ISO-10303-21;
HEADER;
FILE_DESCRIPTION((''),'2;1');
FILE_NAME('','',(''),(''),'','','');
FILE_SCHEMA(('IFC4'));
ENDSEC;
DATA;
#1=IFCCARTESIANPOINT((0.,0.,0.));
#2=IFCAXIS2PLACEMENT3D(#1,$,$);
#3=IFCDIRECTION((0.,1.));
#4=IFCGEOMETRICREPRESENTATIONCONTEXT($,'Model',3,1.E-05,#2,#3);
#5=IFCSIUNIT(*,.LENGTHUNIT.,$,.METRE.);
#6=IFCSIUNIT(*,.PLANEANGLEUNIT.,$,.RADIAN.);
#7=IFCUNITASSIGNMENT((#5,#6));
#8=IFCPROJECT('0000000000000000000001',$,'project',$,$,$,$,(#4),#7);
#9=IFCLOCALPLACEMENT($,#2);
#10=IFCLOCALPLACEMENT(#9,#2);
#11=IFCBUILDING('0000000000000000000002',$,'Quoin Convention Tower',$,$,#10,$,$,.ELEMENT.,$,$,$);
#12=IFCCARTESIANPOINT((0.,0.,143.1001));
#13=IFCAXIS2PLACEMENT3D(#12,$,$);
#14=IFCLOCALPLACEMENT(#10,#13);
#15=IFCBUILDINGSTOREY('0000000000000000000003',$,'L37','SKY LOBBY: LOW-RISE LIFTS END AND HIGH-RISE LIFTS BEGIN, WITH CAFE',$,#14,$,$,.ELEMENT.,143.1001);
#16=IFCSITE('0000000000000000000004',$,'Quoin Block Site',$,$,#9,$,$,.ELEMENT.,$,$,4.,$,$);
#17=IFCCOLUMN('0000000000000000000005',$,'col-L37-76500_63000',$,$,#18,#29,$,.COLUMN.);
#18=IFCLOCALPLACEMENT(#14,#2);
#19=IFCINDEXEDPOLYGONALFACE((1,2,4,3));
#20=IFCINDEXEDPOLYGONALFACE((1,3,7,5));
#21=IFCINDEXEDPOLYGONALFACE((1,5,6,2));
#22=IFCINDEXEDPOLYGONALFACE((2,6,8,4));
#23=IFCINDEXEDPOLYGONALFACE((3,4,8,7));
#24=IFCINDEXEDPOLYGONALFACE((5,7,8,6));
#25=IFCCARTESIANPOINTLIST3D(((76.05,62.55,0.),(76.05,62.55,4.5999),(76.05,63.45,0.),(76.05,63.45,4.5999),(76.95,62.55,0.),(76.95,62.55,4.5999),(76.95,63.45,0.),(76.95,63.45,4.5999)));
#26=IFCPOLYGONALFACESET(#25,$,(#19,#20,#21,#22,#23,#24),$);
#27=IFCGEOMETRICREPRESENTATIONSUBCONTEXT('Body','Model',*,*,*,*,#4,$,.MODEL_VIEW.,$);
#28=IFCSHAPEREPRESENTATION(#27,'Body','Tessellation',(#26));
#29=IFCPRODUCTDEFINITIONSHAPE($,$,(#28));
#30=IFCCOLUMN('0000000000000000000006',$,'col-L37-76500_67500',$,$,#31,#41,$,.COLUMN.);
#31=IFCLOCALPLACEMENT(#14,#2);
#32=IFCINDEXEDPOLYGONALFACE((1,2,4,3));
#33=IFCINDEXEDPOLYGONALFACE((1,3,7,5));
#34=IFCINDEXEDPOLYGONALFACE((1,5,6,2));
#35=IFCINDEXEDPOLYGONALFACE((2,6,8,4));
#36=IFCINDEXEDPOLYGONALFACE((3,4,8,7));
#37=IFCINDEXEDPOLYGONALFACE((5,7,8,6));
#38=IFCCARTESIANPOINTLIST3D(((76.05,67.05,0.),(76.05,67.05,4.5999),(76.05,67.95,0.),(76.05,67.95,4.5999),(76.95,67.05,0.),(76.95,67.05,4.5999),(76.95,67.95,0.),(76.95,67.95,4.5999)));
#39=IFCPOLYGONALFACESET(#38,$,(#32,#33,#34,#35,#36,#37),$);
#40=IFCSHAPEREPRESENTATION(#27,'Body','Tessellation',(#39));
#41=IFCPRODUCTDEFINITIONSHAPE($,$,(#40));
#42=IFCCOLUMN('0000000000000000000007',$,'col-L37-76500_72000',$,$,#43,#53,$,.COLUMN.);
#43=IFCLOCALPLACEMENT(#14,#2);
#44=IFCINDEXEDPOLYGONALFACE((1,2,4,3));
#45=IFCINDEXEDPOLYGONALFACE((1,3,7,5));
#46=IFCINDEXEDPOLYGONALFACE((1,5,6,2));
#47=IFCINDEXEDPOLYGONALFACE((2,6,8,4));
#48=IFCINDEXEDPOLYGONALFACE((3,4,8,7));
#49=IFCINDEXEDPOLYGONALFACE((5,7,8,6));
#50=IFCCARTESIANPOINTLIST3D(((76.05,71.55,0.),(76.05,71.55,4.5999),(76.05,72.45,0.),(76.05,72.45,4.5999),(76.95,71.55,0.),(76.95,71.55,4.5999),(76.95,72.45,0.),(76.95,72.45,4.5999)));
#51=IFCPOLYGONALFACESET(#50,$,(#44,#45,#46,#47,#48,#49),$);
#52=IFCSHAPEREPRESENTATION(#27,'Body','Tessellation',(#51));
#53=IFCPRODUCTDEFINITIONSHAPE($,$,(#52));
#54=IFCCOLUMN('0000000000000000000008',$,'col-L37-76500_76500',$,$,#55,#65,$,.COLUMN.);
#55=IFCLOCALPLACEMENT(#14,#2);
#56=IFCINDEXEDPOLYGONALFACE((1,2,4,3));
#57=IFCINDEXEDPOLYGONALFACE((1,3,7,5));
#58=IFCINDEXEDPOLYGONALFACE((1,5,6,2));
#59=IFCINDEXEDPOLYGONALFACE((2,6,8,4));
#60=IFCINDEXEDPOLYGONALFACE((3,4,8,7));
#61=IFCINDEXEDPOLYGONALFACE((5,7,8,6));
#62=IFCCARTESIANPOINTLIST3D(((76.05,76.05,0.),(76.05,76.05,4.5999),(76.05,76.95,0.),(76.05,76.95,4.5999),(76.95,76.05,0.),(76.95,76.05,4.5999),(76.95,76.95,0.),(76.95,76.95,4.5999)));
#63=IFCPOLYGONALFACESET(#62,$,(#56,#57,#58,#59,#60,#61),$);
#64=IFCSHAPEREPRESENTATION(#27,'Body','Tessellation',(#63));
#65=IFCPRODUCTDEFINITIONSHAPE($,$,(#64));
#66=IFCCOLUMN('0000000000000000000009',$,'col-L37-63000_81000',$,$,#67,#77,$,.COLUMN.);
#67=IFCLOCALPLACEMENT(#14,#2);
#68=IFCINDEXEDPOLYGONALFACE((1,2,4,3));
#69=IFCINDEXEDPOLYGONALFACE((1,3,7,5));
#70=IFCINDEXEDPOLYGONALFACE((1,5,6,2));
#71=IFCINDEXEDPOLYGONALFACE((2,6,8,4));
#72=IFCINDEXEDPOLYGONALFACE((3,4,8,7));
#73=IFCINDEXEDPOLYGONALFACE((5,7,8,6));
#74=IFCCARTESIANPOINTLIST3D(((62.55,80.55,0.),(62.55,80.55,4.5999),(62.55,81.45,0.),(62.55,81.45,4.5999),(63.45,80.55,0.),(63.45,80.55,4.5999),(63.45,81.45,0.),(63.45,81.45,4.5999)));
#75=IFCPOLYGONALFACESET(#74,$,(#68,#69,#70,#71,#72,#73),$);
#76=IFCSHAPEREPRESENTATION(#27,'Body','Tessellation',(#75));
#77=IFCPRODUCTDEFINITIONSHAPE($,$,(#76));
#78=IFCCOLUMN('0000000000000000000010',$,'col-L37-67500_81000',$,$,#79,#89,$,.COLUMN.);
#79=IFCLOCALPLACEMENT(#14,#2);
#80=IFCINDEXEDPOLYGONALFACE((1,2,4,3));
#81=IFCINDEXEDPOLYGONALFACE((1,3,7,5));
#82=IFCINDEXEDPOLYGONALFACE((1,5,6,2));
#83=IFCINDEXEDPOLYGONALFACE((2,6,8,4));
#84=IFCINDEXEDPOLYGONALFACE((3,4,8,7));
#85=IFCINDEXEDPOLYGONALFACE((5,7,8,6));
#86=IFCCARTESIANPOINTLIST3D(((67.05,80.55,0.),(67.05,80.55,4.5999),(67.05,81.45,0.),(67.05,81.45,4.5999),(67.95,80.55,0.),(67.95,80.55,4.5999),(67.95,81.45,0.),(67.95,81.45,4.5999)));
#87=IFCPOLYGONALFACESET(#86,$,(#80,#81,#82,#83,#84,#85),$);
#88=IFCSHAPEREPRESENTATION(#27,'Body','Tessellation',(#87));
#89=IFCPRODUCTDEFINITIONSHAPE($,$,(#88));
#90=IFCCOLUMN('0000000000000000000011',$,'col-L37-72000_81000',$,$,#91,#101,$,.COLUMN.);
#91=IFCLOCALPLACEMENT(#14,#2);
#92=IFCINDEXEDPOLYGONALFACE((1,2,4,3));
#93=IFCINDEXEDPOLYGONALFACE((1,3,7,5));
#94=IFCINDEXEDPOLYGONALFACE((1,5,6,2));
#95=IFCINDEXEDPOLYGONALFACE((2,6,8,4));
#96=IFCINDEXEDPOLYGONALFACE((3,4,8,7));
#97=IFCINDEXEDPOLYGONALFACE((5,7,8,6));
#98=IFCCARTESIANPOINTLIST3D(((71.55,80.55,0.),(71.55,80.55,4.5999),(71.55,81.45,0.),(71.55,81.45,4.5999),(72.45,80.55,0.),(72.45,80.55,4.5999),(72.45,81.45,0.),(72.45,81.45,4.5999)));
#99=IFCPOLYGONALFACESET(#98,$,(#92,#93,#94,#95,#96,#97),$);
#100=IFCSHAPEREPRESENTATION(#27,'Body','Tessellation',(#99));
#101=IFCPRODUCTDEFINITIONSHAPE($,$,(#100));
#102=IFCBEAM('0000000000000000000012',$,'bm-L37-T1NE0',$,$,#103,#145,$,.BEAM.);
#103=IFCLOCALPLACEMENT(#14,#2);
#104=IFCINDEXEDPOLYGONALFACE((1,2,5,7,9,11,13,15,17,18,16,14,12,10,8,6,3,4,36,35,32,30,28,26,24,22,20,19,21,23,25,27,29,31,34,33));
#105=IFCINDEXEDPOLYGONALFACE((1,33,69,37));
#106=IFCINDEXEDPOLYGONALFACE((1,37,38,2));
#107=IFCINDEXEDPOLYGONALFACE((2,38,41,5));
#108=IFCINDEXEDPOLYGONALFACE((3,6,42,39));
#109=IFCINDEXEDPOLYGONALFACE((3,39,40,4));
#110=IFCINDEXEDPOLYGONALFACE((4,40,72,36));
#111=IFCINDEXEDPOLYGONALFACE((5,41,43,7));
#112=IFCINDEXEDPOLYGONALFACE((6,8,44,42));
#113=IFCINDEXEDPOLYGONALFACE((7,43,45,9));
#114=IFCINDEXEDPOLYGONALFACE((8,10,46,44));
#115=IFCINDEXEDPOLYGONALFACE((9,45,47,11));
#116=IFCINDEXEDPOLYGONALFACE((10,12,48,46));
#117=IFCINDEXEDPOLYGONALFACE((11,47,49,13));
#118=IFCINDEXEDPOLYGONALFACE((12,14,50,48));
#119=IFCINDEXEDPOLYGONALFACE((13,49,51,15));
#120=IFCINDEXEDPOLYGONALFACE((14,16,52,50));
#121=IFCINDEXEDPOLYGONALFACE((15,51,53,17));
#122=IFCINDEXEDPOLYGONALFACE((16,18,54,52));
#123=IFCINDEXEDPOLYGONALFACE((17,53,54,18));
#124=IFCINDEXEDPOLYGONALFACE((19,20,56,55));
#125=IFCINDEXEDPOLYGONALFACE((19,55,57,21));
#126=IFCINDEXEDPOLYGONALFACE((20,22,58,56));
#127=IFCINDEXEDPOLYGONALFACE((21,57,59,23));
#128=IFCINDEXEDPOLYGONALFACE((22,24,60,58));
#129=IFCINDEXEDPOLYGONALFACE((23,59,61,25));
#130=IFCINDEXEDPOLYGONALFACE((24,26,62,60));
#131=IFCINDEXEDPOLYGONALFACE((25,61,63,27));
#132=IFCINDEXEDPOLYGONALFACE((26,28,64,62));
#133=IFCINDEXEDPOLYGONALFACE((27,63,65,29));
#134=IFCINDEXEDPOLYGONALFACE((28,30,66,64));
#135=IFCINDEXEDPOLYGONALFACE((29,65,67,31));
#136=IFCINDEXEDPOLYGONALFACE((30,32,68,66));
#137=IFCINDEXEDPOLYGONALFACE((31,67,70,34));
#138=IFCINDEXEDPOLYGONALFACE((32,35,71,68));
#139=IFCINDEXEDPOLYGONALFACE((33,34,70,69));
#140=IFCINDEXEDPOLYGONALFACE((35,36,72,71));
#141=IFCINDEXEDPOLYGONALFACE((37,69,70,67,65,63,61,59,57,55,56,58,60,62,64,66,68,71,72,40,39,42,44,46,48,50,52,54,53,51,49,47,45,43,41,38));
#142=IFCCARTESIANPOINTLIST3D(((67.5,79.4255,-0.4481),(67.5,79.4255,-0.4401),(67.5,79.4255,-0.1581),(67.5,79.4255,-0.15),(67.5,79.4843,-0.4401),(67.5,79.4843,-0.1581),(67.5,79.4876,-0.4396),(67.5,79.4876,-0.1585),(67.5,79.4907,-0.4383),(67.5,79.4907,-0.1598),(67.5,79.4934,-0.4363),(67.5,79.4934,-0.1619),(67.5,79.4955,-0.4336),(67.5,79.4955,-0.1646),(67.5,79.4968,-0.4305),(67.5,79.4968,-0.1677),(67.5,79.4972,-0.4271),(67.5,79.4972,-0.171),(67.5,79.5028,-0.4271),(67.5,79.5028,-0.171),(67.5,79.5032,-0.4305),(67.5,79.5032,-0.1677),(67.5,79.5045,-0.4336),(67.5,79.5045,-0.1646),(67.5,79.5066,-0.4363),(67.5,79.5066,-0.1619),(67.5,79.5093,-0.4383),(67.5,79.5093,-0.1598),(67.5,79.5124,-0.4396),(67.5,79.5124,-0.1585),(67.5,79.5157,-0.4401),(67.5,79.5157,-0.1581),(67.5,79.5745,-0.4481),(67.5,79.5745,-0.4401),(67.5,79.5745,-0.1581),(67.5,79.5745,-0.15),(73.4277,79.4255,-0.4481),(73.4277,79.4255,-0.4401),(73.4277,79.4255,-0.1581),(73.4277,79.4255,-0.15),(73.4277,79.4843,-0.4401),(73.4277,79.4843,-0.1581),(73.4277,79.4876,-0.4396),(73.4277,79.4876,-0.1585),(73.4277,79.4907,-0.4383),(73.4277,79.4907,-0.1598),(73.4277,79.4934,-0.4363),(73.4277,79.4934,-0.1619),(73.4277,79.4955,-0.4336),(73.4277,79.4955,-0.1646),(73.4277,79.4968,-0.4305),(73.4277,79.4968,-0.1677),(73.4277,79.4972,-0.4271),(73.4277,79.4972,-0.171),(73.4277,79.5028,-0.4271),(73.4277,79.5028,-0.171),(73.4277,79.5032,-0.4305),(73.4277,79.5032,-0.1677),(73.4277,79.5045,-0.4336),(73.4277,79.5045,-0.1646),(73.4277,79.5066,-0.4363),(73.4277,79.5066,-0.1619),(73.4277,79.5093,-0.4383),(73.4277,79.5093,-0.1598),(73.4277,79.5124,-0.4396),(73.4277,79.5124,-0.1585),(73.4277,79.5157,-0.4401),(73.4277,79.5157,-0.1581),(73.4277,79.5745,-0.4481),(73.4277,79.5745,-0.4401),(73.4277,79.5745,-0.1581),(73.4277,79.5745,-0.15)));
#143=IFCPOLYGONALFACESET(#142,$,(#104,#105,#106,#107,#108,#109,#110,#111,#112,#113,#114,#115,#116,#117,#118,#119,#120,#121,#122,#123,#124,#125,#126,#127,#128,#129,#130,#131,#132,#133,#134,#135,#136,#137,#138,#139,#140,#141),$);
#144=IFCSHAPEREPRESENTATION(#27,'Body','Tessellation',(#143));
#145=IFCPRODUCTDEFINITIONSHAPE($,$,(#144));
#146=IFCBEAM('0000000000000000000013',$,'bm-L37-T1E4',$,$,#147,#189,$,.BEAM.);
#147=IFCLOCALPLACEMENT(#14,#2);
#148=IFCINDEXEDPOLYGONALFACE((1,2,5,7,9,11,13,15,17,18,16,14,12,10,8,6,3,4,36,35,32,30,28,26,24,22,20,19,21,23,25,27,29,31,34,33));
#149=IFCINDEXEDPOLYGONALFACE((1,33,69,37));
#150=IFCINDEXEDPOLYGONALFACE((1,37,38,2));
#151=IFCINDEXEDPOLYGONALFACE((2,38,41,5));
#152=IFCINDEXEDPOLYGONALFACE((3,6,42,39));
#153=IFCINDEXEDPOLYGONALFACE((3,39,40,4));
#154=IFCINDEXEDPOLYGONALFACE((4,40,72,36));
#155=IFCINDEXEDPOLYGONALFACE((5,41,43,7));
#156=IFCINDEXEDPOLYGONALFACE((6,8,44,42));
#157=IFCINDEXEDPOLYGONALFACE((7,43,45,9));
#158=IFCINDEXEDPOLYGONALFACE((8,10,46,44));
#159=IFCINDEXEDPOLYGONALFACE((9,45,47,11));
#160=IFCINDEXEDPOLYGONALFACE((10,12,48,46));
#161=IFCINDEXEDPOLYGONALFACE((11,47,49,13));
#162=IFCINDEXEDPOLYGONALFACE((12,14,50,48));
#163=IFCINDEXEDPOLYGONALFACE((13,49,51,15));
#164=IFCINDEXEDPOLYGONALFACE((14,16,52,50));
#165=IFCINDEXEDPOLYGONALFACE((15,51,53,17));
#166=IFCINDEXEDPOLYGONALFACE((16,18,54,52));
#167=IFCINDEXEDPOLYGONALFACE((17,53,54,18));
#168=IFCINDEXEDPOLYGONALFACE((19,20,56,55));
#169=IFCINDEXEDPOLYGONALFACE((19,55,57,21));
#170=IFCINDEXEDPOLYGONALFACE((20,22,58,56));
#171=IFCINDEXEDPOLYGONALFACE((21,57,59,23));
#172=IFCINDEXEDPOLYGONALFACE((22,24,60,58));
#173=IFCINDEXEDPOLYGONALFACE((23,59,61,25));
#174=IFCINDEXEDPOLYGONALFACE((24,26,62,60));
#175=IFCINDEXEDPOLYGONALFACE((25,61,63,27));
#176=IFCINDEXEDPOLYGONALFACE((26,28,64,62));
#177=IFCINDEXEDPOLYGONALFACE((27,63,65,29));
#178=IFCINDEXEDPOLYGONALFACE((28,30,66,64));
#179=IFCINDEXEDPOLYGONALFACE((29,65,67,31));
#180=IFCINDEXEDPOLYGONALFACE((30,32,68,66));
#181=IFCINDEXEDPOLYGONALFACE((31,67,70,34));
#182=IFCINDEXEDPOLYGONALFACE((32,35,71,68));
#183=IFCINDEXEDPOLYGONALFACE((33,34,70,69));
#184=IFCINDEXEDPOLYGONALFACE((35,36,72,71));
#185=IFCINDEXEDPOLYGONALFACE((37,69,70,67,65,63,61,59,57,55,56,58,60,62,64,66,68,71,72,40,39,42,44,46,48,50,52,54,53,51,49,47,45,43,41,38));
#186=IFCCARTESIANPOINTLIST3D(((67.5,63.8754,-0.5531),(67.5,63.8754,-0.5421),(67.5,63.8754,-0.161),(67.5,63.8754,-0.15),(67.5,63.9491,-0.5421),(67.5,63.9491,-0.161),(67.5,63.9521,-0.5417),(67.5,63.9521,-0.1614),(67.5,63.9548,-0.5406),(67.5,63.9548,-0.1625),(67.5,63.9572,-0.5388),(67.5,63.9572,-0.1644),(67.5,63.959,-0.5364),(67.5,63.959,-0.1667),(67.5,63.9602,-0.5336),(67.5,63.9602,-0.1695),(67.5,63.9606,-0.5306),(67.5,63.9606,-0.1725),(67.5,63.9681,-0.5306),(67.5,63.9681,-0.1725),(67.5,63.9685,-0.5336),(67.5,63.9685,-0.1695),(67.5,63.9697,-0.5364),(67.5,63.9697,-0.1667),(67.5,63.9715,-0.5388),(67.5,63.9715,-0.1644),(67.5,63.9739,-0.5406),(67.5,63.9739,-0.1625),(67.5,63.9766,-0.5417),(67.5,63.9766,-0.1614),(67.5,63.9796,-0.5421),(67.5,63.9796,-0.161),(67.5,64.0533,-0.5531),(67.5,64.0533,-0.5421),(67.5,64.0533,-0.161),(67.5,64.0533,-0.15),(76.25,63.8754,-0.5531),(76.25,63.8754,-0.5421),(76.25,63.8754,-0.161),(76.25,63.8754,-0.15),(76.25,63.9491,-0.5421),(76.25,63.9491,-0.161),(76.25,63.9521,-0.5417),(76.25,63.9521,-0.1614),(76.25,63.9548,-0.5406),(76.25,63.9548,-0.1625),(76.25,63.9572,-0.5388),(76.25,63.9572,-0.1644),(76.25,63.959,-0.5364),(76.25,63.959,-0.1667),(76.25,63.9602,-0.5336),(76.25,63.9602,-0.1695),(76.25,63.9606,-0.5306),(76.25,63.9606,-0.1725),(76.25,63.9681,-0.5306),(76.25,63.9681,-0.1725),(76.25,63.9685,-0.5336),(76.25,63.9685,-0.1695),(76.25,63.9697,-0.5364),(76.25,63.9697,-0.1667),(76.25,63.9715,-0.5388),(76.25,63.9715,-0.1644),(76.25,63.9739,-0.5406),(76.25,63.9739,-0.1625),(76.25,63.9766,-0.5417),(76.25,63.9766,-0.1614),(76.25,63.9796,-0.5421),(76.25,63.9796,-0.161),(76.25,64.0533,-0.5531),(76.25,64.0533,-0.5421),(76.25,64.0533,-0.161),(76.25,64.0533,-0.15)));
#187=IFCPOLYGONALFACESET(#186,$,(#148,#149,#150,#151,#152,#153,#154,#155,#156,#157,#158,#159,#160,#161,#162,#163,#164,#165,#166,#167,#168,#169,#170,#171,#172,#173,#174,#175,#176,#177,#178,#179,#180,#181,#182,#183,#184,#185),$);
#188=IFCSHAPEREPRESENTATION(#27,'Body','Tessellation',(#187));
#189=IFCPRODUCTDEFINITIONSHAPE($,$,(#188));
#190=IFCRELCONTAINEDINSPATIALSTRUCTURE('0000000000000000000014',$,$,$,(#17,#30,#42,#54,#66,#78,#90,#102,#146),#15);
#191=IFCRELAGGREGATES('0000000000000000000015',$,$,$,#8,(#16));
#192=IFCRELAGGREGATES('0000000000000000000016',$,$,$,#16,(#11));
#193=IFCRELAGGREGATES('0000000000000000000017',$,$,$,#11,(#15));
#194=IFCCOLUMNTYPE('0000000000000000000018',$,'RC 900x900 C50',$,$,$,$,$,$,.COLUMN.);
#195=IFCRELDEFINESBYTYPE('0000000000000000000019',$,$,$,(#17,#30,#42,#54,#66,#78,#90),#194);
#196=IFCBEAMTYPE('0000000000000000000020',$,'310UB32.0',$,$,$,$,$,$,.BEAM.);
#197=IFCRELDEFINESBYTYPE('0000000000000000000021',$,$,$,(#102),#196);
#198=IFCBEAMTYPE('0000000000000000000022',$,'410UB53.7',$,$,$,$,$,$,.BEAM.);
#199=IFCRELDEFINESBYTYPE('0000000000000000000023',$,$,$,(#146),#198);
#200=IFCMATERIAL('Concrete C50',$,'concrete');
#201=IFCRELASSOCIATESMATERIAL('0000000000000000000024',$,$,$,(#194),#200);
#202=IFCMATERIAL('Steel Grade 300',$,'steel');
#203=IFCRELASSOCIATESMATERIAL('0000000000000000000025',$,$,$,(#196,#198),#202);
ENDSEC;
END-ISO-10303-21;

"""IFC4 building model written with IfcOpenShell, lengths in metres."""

from ifc_helpers import new_model, si_unit, direction, frame, origin, origin_2d, place, context, subcontext, project, spatial, rectangle, i_section, extrude, material, material_profile, profile_set, type_object, element, save


model = new_model("IFC4")

# Units and contexts
model_context = context("Model", 3, precision=1e-05, world=origin(), true_north=direction((0.0, 1.0)))
body_context = subcontext(model_context, "Body", "Model", "MODEL_VIEW")
ifc_project = project(units=[si_unit("LENGTHUNIT", "METRE"), si_unit("PLANEANGLEUNIT", "RADIAN")], contexts=[model_context])

# Site, building, storey
site_placement = place(None, origin())
site = spatial("IfcSite", under=ifc_project, at=site_placement, Name="Quoin Block Site", CompositionType="ELEMENT", RefElevation=4.0)
building_placement = place(site_placement, origin())
building = spatial("IfcBuilding", under=site, at=building_placement, Name="Quoin Convention Tower", CompositionType="ELEMENT")
storey_placement = place(building_placement, frame((0.0, 0.0, 143.1001)))
storey = spatial("IfcBuildingStorey", under=building, at=storey_placement, Name="L37", Description="SKY LOBBY: LOW-RISE LIFTS END AND HIGH-RISE LIFTS BEGIN, WITH CAFE", CompositionType="ELEMENT", Elevation=143.1001)

# Columns
ifc_material_1 = material(Name="Concrete C50", Category="concrete")
ifc_material_profile_1 = material_profile(ifc_material_1, rectangle(XDim=0.8999, YDim=0.8999, at=origin_2d()), Name="RC 900x900")
ifc_profile_set_1 = profile_set([ifc_material_profile_1], Name="Concrete C50")
column_type = type_object("IfcColumnType", Name="RC 900x900 C50", PredefinedType="COLUMN", material=ifc_profile_set_1)
for number, where, z_axis, x_axis, name in (
    (1, (76.5, 63.0, 0.0), (0.0, 0.0, 1.0), (1.0, 0.0, 0.0), "col-L37-76500_63000"),
    (2, (76.5, 67.5, 0.0), (0.0, 0.0, 1.0), (1.0, 0.0, 0.0), "col-L37-76500_67500"),
    (3, (76.5, 72.0, 0.0), (0.0, 0.0, 1.0), (1.0, 0.0, 0.0), "col-L37-76500_72000"),
    (4, (76.5, 76.5, 0.0), (0.0, 0.0, 1.0), (1.0, 0.0, 0.0), "col-L37-76500_76500"),
    (5, (63.0, 81.0, 0.0), (0.0, 0.0, 1.0), (1.0, 0.0, 0.0), "col-L37-63000_81000"),
    (6, (67.5, 81.0, 0.0), (0.0, 0.0, 1.0), (1.0, 0.0, 0.0), "col-L37-67500_81000"),
    (7, (72.0, 81.0, 0.0), (0.0, 0.0, 1.0), (1.0, 0.0, 0.0), "col-L37-72000_81000"),
):
    element("IfcColumn", number, at=place(storey_placement, frame(where, z_axis=z_axis, x_axis=x_axis)), inside=storey, type_object=column_type, Name=name, PredefinedType="COLUMN", context=body_context, shape_type="SweptSolid", body=[
        extrude(rectangle(XDim=0.8999, YDim=0.8999, at=origin_2d()), origin(), (0.0, 0.0, 1.0), 4.5999),
    ])

# Beams
ifc_material_2 = material(Name="Steel Grade 300", Category="steel")
ifc_material_profile_2 = material_profile(ifc_material_2, i_section(OverallWidth=0.1489, OverallDepth=0.2981, WebThickness=0.0056, FlangeThickness=0.0081, FilletRadius=0.0129, at=origin_2d()), Name="310UB32.0")
ifc_profile_set_2 = profile_set([ifc_material_profile_2], Name="Steel Grade 300")
beam_type_1 = type_object("IfcBeamType", Name="310UB32.0", PredefinedType="BEAM", material=ifc_profile_set_2)
beam_1_placement = place(storey_placement, frame((67.5, 79.5, -0.2991), z_axis=(1.0, 0.0, 0.0), x_axis=(0.0, 1.0, 0.0)))
element("IfcBeam", 8, at=beam_1_placement, inside=storey, type_object=beam_type_1, Name="bm-L37-T1NE0", PredefinedType="BEAM", context=body_context, shape_type="SweptSolid", body=[
    extrude(i_section(OverallWidth=0.1489, OverallDepth=0.2981, WebThickness=0.0056, FlangeThickness=0.0081, FilletRadius=0.0129, at=origin_2d()), origin(), (0.0, 0.0, 1.0), 5.9277),
])
ifc_material_profile_3 = material_profile(ifc_material_2, i_section(OverallWidth=0.178, OverallDepth=0.4031, WebThickness=0.0076, FlangeThickness=0.011, FilletRadius=0.0115, at=origin_2d()), Name="410UB53.7")
ifc_profile_set_3 = profile_set([ifc_material_profile_3], Name="Steel Grade 300")
beam_type_2 = type_object("IfcBeamType", Name="410UB53.7", PredefinedType="BEAM", material=ifc_profile_set_3)
beam_2_placement = place(storey_placement, frame((67.5, 63.9644, -0.3516), z_axis=(1.0, 0.0, 0.0), x_axis=(0.0, 1.0, 0.0)))
element("IfcBeam", 9, at=beam_2_placement, inside=storey, type_object=beam_type_2, Name="bm-L37-T1E4", PredefinedType="BEAM", context=body_context, shape_type="SweptSolid", body=[
    extrude(i_section(OverallWidth=0.178, OverallDepth=0.4031, WebThickness=0.0076, FlangeThickness=0.011, FilletRadius=0.0115, at=origin_2d()), origin(), (0.0, 0.0, 1.0), 8.75),
])

save(model, "model.ifc")
